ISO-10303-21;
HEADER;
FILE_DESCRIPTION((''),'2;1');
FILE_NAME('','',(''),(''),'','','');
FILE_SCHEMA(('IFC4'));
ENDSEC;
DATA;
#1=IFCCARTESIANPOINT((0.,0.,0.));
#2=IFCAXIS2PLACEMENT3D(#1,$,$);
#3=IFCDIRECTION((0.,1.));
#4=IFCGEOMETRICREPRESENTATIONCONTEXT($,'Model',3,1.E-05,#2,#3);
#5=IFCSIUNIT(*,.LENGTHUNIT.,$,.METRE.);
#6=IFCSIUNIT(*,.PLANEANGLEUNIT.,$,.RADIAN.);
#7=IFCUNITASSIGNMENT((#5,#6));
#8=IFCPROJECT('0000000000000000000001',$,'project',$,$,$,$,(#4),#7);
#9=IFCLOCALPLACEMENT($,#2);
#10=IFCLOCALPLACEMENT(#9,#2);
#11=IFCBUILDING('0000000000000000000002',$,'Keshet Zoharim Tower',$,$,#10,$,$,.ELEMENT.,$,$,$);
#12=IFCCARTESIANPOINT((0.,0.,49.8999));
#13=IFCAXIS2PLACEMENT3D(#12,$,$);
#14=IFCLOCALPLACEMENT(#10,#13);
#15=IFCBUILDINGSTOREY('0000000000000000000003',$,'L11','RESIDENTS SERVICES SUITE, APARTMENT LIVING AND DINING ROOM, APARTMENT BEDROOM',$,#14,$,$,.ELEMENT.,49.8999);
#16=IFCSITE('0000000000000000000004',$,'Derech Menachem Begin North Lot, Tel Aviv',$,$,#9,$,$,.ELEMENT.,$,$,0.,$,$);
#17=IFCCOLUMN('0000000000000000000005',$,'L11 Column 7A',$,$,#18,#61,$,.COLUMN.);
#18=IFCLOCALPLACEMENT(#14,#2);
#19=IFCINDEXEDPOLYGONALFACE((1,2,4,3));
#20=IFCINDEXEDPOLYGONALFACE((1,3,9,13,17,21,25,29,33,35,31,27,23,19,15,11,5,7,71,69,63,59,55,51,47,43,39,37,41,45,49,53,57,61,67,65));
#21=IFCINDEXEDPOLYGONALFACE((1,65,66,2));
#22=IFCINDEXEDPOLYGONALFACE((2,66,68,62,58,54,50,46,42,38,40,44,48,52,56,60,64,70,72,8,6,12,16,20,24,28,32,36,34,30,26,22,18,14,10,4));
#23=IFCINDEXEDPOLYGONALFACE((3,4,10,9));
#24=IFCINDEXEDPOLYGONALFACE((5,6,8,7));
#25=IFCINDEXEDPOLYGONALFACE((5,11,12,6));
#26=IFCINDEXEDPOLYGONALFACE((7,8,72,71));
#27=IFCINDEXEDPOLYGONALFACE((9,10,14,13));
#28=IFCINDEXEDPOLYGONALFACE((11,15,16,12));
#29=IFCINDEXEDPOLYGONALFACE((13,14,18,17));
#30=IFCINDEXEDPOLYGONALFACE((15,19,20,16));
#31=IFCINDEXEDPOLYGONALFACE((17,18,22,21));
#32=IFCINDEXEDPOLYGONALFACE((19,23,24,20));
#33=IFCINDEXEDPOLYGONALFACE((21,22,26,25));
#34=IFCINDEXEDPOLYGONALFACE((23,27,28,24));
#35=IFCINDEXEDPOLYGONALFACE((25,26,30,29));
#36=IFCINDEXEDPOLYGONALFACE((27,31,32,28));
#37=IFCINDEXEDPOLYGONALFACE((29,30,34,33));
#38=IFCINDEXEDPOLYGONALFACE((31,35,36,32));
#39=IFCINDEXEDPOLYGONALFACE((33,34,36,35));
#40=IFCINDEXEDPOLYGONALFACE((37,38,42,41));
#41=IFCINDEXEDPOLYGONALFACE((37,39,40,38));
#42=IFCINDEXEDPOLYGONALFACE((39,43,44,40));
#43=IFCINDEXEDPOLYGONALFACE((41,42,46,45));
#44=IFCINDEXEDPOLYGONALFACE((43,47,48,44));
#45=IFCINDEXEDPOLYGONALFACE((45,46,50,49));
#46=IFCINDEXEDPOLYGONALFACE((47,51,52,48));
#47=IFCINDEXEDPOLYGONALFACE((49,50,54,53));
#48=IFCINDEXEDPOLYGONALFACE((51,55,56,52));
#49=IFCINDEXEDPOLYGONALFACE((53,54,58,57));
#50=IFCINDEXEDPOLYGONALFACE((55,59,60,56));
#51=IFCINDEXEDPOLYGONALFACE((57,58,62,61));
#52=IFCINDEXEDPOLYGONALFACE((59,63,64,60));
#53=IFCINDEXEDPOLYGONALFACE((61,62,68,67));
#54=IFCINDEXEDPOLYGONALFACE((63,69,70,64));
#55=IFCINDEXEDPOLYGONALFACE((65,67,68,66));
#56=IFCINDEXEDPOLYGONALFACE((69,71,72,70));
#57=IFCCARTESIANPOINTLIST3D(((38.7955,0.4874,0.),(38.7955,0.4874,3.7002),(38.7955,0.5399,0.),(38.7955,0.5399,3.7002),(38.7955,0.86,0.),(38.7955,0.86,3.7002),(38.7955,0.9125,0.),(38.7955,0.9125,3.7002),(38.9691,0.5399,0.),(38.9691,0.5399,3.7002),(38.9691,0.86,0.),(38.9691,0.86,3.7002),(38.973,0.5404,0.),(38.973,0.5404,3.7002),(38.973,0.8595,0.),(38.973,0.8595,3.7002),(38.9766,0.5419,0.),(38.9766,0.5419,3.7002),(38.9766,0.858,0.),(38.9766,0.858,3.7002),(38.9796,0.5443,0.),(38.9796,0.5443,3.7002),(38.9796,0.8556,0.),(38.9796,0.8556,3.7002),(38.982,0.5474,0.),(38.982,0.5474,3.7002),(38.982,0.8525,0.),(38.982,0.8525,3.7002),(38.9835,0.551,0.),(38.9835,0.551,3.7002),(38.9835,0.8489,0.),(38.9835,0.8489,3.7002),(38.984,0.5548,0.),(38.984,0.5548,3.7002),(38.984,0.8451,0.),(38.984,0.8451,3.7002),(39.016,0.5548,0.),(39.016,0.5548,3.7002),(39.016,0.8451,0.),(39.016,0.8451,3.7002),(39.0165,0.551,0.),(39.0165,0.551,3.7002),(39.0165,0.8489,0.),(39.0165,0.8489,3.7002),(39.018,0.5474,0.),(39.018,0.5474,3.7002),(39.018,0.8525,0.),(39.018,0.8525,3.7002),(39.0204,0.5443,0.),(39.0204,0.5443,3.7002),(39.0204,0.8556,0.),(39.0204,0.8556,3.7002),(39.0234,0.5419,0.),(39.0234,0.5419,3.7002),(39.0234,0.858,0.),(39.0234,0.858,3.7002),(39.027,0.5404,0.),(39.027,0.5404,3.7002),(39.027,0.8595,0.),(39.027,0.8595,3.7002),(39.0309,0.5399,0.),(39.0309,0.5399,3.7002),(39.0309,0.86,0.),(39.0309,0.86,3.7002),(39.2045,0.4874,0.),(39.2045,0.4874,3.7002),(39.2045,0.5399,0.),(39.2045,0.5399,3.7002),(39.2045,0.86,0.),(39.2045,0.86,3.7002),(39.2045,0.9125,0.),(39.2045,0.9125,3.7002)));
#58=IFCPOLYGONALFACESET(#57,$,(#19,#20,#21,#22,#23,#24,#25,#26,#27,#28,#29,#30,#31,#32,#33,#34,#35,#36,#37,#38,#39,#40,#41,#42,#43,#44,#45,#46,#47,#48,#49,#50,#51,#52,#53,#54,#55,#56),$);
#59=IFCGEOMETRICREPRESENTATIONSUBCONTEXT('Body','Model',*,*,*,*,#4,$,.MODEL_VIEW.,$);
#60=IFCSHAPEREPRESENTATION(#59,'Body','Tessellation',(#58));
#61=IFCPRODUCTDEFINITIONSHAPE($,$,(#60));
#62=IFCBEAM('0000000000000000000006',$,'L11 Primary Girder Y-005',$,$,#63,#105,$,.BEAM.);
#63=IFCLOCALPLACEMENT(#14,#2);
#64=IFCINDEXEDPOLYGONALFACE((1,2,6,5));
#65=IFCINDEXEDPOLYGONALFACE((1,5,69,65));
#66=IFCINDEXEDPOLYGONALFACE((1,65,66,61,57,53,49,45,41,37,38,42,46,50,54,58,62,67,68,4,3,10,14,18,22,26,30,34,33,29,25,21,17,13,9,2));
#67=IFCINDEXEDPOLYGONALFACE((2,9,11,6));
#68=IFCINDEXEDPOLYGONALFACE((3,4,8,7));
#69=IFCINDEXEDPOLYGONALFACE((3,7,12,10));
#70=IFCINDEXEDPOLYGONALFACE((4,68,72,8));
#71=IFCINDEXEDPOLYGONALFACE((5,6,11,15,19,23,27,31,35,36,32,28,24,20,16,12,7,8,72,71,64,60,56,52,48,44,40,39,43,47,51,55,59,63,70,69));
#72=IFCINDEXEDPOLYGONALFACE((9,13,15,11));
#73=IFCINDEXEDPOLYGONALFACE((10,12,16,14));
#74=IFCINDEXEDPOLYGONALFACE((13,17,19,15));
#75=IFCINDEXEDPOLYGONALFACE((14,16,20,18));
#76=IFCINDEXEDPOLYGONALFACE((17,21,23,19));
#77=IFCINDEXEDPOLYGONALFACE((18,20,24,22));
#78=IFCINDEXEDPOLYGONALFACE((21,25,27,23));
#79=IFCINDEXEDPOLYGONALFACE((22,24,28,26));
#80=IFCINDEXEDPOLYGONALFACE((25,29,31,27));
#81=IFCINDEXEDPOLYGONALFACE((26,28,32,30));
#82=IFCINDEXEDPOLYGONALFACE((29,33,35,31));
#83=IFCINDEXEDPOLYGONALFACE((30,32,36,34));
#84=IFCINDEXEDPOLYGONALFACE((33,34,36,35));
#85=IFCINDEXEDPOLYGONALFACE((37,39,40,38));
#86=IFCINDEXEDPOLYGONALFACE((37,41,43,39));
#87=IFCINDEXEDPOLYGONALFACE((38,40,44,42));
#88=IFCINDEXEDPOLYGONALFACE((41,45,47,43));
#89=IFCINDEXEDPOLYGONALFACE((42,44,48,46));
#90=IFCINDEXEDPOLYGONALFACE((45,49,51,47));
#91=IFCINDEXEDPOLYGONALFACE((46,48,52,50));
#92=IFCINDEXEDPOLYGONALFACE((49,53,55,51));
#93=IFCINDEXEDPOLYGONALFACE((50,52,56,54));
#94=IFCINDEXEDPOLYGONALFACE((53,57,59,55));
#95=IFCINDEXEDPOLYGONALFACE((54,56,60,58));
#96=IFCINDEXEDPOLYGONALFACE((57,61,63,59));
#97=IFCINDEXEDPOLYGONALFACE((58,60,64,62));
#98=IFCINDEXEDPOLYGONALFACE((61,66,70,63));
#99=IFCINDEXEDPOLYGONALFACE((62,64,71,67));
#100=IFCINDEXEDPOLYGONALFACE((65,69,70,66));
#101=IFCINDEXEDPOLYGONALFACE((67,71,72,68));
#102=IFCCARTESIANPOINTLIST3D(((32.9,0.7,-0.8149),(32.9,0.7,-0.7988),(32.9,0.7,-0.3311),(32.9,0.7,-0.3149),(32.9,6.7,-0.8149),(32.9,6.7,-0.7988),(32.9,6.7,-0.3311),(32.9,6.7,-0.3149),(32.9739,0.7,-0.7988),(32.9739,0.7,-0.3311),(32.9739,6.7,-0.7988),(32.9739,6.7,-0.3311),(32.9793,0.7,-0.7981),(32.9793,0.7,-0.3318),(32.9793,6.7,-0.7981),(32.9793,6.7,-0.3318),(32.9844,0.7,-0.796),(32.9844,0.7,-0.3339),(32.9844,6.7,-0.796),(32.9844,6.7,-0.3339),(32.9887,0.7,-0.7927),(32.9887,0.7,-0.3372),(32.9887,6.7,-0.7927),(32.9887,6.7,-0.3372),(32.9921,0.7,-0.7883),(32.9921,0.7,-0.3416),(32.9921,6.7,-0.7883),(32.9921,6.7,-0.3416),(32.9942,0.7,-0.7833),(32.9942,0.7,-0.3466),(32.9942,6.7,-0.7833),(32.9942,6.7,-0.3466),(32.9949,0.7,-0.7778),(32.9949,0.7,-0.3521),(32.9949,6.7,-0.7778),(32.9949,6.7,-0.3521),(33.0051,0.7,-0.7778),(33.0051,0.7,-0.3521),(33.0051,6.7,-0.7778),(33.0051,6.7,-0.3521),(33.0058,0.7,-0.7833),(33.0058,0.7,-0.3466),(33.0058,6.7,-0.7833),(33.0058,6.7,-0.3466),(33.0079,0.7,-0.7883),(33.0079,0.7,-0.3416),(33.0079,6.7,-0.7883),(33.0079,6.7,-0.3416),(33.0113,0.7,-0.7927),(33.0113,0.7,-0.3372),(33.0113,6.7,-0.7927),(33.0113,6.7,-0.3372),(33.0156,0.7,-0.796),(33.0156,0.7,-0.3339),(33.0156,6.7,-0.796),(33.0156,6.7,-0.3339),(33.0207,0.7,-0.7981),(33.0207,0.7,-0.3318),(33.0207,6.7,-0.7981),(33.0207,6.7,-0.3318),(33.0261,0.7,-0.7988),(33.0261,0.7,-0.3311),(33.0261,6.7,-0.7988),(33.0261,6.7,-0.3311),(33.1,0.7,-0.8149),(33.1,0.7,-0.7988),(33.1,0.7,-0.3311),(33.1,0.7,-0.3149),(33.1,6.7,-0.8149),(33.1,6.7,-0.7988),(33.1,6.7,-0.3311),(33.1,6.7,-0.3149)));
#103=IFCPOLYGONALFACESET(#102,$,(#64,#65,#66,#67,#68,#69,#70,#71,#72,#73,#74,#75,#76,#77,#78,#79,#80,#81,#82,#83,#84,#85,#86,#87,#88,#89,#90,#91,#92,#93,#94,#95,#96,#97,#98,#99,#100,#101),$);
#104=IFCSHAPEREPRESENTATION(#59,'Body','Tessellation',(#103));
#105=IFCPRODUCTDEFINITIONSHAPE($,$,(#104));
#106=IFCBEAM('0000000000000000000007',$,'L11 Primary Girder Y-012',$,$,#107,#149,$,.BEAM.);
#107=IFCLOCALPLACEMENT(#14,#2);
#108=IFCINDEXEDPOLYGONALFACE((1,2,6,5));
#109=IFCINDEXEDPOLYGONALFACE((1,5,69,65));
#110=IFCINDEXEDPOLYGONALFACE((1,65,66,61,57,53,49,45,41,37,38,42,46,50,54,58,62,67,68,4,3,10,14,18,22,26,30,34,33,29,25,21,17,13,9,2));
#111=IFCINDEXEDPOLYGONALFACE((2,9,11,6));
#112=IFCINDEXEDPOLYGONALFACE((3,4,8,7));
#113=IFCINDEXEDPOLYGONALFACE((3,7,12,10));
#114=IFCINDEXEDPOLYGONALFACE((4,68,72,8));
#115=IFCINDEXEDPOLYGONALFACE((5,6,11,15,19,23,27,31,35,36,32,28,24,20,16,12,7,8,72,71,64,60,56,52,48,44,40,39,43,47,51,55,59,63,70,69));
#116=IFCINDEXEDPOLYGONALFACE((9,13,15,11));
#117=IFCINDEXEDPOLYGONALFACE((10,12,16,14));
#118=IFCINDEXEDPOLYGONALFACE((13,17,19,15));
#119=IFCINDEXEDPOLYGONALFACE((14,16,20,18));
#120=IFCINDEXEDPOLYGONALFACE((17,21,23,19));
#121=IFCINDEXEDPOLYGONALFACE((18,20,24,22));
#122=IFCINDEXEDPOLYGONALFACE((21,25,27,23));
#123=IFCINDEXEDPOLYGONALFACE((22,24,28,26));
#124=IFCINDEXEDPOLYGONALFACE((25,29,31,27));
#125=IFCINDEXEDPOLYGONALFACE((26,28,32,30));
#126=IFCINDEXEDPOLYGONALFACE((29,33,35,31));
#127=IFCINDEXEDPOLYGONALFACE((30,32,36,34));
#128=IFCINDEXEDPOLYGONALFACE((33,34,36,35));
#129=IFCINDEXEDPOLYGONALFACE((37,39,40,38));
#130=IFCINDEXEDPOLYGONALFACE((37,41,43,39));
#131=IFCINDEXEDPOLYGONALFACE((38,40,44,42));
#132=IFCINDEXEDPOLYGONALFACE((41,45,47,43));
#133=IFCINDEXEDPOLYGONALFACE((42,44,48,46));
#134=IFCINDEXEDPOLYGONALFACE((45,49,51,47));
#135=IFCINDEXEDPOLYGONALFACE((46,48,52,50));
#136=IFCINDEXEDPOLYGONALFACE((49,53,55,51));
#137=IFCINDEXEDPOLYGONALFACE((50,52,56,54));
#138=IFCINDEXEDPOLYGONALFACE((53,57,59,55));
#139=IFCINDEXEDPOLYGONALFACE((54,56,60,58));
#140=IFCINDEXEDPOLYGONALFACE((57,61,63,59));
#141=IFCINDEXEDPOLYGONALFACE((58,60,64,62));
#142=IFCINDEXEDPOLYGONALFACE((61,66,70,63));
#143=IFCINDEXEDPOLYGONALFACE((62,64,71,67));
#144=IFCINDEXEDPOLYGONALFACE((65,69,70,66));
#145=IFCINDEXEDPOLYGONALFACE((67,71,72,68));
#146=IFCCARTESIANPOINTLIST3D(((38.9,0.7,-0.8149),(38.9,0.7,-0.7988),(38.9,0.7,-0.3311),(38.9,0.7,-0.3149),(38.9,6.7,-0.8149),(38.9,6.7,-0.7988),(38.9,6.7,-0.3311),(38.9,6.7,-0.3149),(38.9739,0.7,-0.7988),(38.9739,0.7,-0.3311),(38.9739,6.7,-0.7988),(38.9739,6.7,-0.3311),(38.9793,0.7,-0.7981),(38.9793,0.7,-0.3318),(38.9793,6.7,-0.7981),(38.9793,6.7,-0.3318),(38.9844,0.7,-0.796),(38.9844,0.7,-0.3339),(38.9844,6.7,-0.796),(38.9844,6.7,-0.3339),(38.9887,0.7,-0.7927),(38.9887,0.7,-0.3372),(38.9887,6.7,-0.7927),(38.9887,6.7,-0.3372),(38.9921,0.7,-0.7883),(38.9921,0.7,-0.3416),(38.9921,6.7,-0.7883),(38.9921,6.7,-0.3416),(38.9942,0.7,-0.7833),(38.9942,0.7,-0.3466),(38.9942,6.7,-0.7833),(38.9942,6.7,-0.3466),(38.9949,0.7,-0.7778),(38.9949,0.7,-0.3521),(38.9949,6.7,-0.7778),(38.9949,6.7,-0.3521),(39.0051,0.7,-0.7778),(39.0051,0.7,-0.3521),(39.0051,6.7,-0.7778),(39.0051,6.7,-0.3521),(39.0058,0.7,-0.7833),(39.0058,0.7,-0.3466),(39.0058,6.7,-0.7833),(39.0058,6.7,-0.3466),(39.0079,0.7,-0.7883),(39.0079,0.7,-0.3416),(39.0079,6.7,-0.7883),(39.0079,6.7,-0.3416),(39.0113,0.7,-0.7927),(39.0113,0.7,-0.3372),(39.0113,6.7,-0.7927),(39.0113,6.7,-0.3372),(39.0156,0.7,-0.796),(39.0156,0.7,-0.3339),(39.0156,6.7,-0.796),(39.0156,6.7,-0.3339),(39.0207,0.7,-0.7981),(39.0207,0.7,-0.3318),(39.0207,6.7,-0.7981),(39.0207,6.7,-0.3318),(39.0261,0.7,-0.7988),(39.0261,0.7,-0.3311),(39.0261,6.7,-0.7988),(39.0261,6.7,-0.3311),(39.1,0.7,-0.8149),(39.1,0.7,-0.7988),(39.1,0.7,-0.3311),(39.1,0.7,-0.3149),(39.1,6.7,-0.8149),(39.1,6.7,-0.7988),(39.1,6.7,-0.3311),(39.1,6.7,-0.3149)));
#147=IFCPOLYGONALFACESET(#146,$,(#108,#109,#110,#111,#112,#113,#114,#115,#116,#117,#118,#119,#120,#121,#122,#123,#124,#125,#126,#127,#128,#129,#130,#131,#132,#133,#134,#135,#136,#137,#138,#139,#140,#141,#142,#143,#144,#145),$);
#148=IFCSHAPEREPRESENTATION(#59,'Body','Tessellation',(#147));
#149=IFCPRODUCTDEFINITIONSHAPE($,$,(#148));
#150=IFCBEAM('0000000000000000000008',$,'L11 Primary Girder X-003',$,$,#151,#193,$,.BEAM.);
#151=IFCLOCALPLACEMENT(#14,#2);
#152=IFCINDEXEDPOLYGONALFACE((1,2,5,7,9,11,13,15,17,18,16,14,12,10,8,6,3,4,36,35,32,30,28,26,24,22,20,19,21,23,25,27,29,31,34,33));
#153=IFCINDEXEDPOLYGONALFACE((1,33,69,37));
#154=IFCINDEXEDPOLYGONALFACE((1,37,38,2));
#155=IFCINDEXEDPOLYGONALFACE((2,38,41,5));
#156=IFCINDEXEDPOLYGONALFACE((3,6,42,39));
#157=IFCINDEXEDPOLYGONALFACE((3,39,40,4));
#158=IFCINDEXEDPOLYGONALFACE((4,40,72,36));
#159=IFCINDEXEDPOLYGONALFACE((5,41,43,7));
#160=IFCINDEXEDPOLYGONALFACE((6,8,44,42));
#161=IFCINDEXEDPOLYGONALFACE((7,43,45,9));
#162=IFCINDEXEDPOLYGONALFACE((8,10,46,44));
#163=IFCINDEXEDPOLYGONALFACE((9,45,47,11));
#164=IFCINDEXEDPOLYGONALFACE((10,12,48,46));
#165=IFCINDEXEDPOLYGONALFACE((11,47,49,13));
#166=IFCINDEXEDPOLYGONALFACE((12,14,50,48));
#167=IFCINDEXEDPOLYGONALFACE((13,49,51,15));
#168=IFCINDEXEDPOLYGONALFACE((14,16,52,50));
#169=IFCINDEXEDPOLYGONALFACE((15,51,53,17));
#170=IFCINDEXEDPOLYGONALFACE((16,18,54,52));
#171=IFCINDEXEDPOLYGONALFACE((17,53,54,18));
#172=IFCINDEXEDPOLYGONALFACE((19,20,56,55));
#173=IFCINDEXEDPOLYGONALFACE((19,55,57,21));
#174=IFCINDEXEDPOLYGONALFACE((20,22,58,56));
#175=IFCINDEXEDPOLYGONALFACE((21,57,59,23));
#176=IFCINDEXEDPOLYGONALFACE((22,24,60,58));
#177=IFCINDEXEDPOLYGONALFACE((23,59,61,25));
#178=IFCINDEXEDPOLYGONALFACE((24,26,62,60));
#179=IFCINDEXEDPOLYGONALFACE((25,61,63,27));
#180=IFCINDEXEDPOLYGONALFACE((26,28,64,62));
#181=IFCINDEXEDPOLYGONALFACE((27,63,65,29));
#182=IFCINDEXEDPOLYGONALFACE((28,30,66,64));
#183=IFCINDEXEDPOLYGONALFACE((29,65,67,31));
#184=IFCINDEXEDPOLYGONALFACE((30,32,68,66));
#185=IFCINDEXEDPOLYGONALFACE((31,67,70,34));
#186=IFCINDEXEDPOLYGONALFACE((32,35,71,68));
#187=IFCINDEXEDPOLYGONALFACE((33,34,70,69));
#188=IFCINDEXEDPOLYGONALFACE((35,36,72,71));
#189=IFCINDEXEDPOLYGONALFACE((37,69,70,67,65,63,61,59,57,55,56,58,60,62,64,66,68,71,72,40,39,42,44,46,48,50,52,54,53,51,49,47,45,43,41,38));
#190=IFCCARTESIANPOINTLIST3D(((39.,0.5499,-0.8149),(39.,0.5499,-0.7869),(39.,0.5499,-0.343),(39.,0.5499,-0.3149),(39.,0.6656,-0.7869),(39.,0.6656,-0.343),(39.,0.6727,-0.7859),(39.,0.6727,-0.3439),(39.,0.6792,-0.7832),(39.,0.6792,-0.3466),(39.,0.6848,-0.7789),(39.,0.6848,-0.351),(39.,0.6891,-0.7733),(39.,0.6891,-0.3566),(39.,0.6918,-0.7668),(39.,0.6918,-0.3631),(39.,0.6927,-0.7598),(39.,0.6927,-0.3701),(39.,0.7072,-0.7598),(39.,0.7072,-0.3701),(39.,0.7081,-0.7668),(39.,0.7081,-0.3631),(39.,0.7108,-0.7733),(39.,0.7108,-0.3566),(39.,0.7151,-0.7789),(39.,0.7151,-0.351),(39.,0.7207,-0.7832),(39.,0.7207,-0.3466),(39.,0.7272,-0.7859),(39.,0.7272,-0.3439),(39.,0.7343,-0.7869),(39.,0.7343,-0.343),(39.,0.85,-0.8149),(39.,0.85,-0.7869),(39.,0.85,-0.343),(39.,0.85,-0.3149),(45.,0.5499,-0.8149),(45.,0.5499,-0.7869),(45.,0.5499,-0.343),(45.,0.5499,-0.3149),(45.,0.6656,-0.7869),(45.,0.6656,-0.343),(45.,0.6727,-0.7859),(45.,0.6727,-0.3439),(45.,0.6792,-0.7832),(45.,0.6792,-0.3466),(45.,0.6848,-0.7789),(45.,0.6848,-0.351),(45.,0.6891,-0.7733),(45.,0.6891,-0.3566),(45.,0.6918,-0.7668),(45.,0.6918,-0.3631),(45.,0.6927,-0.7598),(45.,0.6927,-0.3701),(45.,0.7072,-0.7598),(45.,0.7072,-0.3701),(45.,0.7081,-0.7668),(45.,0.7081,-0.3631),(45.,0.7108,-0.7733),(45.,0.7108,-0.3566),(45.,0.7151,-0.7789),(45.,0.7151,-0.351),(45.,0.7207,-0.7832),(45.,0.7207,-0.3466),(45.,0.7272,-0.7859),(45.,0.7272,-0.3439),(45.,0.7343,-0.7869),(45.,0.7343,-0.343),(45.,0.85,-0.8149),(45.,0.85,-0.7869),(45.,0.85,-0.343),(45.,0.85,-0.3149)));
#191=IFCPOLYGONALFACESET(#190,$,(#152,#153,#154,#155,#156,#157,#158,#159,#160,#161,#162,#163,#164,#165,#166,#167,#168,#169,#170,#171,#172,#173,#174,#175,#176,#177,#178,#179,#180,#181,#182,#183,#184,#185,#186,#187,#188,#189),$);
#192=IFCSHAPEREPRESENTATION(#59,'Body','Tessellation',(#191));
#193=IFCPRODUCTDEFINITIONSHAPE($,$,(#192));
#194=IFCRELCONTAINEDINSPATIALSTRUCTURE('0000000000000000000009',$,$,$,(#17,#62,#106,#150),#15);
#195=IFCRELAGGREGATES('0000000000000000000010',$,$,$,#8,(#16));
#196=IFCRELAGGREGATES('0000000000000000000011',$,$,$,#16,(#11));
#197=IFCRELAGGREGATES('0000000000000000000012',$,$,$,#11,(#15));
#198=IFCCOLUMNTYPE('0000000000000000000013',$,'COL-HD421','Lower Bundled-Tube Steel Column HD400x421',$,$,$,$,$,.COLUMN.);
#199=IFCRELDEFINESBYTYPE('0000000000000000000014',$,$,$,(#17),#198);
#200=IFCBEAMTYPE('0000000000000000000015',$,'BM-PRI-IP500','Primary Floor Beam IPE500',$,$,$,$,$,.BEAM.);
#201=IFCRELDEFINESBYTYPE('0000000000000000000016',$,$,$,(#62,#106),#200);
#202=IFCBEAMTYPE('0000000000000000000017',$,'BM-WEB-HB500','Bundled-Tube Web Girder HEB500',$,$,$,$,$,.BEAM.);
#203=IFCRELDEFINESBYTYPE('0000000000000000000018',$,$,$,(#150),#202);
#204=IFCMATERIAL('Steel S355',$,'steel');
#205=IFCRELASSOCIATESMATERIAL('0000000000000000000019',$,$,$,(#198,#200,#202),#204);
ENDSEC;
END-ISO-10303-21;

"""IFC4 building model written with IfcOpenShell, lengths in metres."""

from ifc_helpers import new_model, si_unit, direction, frame, origin, origin_2d, place, context, subcontext, project, spatial, i_section, extrude, material, material_profile, profile_set, type_object, element, save


model = new_model("IFC4")

# Units and contexts
model_context = context("Model", 3, precision=1e-05, world=origin(), true_north=direction((0.0, 1.0)))
body_context = subcontext(model_context, "Body", "Model", "MODEL_VIEW")
ifc_project = project(units=[si_unit("LENGTHUNIT", "METRE"), si_unit("PLANEANGLEUNIT", "RADIAN")], contexts=[model_context])

# Site, building, storey
site_placement = place(None, origin())
site = spatial("IfcSite", under=ifc_project, at=site_placement, Name="Derech Menachem Begin North Lot, Tel Aviv", CompositionType="ELEMENT", RefElevation=0.0)
building_placement = place(site_placement, origin())
building = spatial("IfcBuilding", under=site, at=building_placement, Name="Keshet Zoharim Tower", CompositionType="ELEMENT")
storey_placement = place(building_placement, frame((0.0, 0.0, 49.8999)))
storey = spatial("IfcBuildingStorey", under=building, at=storey_placement, Name="L11", Description="RESIDENTS SERVICES SUITE, APARTMENT LIVING AND DINING ROOM, APARTMENT BEDROOM", CompositionType="ELEMENT", Elevation=49.8999)

# Column
ifc_material_1 = material(Name="Steel S355", Category="steel")
ifc_material_profile_1 = material_profile(ifc_material_1, i_section(OverallWidth=0.4089, OverallDepth=0.425, WebThickness=0.032, FlangeThickness=0.0525, FilletRadius=0.0149, at=origin_2d()), Name="HD400x421")
ifc_profile_set_1 = profile_set([ifc_material_profile_1], Name="Steel S355")
column_type = type_object("IfcColumnType", Name="COL-HD421", Description="Lower Bundled-Tube Steel Column HD400x421", PredefinedType="COLUMN", material=ifc_profile_set_1)
column_placement = place(storey_placement, frame((39.0, 0.7, 0.0), z_axis=(0.0, 0.0, 1.0), x_axis=(1.0, 0.0, 0.0)))
element("IfcColumn", 1, at=column_placement, inside=storey, type_object=column_type, Name="L11 Column 7A", PredefinedType="COLUMN", context=body_context, shape_type="SweptSolid", body=[
    extrude(i_section(OverallWidth=0.4089, OverallDepth=0.425, WebThickness=0.032, FlangeThickness=0.0525, FilletRadius=0.0149, at=origin_2d()), origin(), (0.0, 0.0, 1.0), 3.7002),
])

# Beams
ifc_material_profile_2 = material_profile(ifc_material_1, i_section(OverallWidth=0.2, OverallDepth=0.5, WebThickness=0.0103, FlangeThickness=0.0161, FilletRadius=0.021, at=origin_2d()), Name="IPE500")
ifc_profile_set_2 = profile_set([ifc_material_profile_2], Name="Steel S355")
beam_type_1 = type_object("IfcBeamType", Name="BM-PRI-IP500", Description="Primary Floor Beam IPE500", PredefinedType="BEAM", material=ifc_profile_set_2)
for number, where, z_axis, x_axis, name in (
    (2, (33.0, 0.7, -0.5649), (0.0, 1.0, 0.0), (-1.0, 0.0, 0.0), "L11 Primary Girder Y-005"),
    (3, (39.0, 0.7, -0.5649), (0.0, 1.0, 0.0), (-1.0, 0.0, 0.0), "L11 Primary Girder Y-012"),
):
    element("IfcBeam", number, at=place(storey_placement, frame(where, z_axis=z_axis, x_axis=x_axis)), inside=storey, type_object=beam_type_1, Name=name, PredefinedType="BEAM", context=body_context, shape_type="SweptSolid", body=[
        extrude(i_section(OverallWidth=0.2, OverallDepth=0.5, WebThickness=0.0103, FlangeThickness=0.0161, FilletRadius=0.021, at=origin_2d()), origin(), (0.0, 0.0, 1.0), 6.0),
    ])
ifc_material_profile_3 = material_profile(ifc_material_1, i_section(OverallWidth=0.3, OverallDepth=0.5, WebThickness=0.0144, FlangeThickness=0.0281, FilletRadius=0.0271, at=origin_2d()), Name="HEB500")
ifc_profile_set_3 = profile_set([ifc_material_profile_3], Name="Steel S355")
beam_type_2 = type_object("IfcBeamType", Name="BM-WEB-HB500", Description="Bundled-Tube Web Girder HEB500", PredefinedType="BEAM", material=ifc_profile_set_3)
beam_placement = place(storey_placement, frame((39.0, 0.7, -0.5649), z_axis=(1.0, 0.0, 0.0), x_axis=(0.0, 1.0, 0.0)))
element("IfcBeam", 4, at=beam_placement, inside=storey, type_object=beam_type_2, Name="L11 Primary Girder X-003", PredefinedType="BEAM", context=body_context, shape_type="SweptSolid", body=[
    extrude(i_section(OverallWidth=0.3, OverallDepth=0.5, WebThickness=0.0144, FlangeThickness=0.0281, FilletRadius=0.0271, at=origin_2d()), origin(), (0.0, 0.0, 1.0), 6.0),
])

save(model, "model.ifc")
